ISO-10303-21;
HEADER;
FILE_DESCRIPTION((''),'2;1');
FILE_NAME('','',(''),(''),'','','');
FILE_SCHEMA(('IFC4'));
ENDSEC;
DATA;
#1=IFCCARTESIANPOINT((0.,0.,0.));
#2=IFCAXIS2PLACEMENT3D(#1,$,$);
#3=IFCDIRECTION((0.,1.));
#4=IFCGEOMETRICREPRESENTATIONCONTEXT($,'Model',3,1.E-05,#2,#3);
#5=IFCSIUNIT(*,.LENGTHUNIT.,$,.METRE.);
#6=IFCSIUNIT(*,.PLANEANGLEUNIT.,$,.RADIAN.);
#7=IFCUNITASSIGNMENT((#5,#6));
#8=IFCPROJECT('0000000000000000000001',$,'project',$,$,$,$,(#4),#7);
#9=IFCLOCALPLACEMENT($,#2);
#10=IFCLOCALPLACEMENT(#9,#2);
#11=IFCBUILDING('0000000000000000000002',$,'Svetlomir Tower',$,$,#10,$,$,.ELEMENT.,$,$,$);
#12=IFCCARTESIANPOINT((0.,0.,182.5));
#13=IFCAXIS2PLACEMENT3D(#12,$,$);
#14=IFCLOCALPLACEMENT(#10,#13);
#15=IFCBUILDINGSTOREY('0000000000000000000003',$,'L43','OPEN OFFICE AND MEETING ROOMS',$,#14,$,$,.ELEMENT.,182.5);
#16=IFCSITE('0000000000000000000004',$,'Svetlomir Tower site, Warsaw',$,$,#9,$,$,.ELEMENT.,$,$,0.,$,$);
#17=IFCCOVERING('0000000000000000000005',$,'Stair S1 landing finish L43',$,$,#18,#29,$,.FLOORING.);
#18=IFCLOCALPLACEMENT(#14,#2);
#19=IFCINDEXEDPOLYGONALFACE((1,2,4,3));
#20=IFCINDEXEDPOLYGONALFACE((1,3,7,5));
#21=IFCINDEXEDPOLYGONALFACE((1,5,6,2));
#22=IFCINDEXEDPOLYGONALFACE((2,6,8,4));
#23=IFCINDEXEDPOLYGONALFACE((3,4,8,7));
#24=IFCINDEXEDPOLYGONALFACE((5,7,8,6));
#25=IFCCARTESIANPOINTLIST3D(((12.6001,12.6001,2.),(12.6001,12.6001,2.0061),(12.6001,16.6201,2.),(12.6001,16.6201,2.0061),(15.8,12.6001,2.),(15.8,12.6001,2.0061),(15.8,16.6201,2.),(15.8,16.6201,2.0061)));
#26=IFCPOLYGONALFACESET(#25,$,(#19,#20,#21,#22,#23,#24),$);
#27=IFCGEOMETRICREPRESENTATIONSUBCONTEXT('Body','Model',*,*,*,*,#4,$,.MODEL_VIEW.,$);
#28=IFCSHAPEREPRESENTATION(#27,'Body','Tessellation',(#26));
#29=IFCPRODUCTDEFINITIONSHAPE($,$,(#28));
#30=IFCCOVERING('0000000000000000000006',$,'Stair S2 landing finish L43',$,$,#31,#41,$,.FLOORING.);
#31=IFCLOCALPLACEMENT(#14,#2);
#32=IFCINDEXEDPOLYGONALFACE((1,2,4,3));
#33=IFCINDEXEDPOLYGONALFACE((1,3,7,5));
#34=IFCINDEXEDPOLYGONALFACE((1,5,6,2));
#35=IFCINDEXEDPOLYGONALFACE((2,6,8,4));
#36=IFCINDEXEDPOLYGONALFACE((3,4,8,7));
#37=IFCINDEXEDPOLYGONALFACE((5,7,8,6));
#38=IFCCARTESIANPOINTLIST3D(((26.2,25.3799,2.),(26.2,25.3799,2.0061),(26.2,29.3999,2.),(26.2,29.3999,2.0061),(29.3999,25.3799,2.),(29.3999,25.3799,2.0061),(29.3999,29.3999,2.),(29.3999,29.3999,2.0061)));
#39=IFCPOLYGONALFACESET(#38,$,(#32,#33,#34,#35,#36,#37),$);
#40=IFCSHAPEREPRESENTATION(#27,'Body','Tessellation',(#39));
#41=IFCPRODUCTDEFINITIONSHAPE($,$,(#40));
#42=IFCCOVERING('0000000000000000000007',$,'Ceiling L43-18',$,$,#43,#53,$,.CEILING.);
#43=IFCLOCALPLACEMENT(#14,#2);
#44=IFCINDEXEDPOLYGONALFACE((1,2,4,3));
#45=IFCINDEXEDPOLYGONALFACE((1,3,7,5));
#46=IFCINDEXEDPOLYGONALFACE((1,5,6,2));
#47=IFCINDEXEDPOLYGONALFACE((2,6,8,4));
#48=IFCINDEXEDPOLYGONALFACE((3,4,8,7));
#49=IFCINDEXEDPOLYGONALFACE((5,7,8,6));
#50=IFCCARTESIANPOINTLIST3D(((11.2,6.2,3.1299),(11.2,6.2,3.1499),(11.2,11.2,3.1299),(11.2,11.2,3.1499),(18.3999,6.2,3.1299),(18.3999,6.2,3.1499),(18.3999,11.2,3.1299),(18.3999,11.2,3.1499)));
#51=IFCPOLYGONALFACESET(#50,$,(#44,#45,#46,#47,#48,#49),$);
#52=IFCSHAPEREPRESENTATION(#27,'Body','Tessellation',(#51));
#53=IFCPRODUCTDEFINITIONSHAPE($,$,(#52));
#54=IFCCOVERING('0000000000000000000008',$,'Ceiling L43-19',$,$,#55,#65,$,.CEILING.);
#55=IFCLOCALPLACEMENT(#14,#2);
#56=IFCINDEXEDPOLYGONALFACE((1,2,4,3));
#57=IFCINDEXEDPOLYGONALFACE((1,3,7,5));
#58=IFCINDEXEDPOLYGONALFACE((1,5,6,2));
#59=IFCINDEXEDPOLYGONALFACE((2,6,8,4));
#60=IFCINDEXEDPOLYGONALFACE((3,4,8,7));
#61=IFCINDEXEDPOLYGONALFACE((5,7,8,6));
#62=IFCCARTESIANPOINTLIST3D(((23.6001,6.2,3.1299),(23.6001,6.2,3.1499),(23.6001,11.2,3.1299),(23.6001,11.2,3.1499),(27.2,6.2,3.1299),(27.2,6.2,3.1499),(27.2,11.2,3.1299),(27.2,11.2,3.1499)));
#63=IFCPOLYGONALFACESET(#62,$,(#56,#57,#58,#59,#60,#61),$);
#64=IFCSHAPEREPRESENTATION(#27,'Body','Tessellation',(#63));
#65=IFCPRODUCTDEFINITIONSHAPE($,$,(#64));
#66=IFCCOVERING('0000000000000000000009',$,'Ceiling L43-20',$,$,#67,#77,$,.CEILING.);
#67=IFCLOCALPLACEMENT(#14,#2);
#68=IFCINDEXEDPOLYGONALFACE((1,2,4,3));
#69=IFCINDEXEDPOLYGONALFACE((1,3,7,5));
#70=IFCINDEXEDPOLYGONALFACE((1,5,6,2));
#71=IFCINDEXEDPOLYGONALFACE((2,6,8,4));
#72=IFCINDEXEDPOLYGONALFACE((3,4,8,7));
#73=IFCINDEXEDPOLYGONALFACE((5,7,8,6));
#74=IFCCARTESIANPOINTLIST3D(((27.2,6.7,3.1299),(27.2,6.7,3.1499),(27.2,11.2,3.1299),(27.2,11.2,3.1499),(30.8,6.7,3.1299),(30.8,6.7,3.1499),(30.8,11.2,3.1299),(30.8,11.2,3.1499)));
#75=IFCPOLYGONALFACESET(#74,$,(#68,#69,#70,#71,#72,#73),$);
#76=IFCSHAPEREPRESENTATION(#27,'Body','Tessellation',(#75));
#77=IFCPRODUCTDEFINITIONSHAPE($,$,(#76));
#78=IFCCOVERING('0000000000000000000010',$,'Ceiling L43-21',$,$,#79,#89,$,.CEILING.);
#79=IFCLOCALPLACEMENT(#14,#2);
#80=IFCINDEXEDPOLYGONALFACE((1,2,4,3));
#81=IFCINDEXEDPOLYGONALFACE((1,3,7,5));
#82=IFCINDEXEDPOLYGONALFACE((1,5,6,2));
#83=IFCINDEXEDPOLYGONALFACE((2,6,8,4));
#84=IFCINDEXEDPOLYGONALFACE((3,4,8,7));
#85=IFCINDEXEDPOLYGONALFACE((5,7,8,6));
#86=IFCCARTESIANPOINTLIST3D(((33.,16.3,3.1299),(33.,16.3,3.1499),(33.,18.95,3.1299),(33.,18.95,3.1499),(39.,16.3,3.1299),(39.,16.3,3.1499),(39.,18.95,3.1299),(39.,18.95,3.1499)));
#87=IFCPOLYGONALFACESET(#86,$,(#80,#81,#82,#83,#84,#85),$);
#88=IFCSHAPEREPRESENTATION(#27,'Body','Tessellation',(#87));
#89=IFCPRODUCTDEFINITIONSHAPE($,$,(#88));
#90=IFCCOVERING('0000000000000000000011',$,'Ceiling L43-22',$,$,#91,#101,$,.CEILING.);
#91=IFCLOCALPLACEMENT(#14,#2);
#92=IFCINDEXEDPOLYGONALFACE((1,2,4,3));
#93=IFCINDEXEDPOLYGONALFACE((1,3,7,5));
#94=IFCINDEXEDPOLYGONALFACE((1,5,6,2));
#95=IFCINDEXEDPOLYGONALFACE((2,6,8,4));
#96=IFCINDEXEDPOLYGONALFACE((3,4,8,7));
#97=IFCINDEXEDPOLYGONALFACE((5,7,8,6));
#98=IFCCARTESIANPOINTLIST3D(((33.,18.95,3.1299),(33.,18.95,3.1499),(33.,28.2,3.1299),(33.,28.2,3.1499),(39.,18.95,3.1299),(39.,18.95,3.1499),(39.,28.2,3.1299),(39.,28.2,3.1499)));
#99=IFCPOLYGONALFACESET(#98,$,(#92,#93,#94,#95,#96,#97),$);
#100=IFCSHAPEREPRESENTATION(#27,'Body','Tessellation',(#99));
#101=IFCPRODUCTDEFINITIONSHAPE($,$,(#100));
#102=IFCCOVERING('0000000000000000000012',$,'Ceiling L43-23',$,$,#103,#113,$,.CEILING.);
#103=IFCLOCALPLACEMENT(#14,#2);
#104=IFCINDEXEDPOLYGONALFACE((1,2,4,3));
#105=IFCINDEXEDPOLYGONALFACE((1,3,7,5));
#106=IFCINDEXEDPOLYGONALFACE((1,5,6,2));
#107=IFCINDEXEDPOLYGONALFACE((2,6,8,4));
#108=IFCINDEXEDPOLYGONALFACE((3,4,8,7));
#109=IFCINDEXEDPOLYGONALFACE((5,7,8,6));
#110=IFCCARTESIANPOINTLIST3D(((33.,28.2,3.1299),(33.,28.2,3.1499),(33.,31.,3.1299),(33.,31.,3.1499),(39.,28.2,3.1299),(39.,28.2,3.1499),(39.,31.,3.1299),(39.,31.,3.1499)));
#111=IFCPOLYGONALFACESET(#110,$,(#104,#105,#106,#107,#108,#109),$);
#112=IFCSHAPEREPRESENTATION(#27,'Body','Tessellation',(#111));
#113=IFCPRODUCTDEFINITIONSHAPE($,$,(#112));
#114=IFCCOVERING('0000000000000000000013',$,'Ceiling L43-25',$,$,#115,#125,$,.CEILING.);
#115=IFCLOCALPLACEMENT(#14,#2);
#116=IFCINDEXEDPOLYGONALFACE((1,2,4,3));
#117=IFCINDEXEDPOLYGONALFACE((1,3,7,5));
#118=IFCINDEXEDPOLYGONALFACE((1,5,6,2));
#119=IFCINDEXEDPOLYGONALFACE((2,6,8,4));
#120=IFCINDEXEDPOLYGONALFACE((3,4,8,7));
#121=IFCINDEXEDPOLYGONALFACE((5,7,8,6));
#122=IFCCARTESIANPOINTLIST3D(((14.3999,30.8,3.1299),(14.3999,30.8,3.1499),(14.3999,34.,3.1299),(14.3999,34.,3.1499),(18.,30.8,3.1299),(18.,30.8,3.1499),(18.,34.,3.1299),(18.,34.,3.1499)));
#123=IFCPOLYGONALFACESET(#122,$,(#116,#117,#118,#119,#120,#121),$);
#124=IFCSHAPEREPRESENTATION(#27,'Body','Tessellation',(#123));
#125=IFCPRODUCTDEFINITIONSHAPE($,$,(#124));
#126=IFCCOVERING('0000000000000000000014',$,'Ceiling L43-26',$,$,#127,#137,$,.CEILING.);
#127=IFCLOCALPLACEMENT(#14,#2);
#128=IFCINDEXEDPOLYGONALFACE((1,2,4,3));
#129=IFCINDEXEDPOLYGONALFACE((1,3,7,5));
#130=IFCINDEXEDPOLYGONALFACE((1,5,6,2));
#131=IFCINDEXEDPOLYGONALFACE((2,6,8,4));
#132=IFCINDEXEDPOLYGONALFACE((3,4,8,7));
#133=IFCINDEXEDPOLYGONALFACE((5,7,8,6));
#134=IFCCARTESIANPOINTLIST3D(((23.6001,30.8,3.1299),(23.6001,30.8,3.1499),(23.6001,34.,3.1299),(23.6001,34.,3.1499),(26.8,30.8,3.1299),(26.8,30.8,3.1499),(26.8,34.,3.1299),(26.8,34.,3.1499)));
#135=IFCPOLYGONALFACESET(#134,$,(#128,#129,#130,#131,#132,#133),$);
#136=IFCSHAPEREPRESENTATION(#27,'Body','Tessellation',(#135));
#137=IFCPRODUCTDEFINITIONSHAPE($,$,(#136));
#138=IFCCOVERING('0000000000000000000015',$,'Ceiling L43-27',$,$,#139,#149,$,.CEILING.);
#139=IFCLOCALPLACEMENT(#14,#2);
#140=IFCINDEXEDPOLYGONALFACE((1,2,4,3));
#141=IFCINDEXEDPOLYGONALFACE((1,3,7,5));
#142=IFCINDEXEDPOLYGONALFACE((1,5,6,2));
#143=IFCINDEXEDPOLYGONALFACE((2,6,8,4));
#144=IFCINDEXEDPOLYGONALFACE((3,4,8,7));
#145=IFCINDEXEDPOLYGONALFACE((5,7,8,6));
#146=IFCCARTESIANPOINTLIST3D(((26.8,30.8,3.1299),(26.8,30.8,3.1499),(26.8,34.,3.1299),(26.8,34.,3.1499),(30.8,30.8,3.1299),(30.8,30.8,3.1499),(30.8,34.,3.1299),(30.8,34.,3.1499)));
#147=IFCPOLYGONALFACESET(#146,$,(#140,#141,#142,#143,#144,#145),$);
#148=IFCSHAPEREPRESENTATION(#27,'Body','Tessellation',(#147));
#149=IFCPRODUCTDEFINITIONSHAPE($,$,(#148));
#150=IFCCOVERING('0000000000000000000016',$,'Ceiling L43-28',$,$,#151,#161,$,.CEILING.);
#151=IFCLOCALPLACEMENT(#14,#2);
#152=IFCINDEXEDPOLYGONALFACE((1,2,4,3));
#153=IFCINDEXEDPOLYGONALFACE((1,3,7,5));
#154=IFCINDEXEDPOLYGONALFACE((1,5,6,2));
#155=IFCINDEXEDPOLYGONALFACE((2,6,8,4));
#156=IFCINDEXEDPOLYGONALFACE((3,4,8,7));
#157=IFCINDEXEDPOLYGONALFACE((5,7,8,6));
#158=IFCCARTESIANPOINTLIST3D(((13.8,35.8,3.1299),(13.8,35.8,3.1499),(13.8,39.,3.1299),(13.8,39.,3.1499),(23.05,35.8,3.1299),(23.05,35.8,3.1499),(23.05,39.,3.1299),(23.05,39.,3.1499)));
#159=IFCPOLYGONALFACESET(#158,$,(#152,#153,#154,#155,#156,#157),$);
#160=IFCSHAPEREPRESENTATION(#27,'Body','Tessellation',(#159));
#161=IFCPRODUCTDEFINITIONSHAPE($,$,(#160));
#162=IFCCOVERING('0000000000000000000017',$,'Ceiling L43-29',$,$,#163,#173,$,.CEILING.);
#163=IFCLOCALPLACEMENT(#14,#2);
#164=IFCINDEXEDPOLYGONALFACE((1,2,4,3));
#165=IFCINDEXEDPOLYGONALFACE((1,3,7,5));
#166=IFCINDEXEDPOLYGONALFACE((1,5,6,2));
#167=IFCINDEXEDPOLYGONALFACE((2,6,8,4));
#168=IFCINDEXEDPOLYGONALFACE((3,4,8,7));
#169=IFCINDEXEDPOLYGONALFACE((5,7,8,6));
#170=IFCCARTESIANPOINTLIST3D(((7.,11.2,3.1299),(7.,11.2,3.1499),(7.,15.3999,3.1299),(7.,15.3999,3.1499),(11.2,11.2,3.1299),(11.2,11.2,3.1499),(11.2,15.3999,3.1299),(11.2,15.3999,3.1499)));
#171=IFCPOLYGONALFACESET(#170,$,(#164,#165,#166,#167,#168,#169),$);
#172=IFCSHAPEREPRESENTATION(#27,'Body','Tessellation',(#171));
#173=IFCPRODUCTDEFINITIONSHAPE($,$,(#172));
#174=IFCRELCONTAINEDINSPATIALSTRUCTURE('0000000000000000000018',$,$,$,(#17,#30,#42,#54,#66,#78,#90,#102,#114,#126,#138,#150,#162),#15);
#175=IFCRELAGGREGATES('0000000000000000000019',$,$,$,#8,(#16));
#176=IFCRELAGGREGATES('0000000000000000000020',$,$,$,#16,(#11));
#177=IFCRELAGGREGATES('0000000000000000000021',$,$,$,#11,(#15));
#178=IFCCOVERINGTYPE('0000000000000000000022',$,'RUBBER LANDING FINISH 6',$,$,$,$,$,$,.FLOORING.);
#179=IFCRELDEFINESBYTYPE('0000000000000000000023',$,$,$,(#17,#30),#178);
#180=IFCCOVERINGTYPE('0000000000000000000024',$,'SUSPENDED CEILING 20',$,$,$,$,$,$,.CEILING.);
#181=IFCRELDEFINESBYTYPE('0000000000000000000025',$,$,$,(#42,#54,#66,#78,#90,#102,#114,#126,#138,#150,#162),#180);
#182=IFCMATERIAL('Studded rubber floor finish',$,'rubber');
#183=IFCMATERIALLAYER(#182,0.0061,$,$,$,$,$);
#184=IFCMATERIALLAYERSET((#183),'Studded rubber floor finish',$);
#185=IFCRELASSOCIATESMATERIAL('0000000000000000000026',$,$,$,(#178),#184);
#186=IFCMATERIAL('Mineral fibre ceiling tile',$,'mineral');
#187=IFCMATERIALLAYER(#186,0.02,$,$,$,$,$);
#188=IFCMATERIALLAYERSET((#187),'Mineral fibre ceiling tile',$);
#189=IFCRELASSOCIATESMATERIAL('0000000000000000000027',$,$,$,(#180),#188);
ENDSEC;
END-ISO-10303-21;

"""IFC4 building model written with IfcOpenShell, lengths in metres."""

from ifc_helpers import new_model, si_unit, direction, frame, origin, place, context, subcontext, project, spatial, polyline, outline, extrude, material, layer, layer_set, type_object, element, save


model = new_model("IFC4")

# Units and contexts
model_context = context("Model", 3, precision=1e-05, world=origin(), true_north=direction((0.0, 1.0)))
body_context = subcontext(model_context, "Body", "Model", "MODEL_VIEW")
ifc_project = project(units=[si_unit("LENGTHUNIT", "METRE"), si_unit("PLANEANGLEUNIT", "RADIAN")], contexts=[model_context])

# Site, building, storey
site_placement = place(None, origin())
site = spatial("IfcSite", under=ifc_project, at=site_placement, Name="Svetlomir Tower site, Warsaw", CompositionType="ELEMENT", RefElevation=0.0)
building_placement = place(site_placement, origin())
building = spatial("IfcBuilding", under=site, at=building_placement, Name="Svetlomir Tower", CompositionType="ELEMENT")
storey_placement = place(building_placement, frame((0.0, 0.0, 182.5)))
storey = spatial("IfcBuildingStorey", under=building, at=storey_placement, Name="L43", Description="OPEN OFFICE AND MEETING ROOMS", CompositionType="ELEMENT", Elevation=182.5)

# Coverings
ifc_material_1 = material(Name="Studded rubber floor finish", Category="rubber")
ifc_layer_1 = layer(ifc_material_1, 0.0061)
ifc_layer_set_1 = layer_set([ifc_layer_1], Name="Studded rubber floor finish")
covering_type_1 = type_object("IfcCoveringType", Name="RUBBER LANDING FINISH 6", PredefinedType="FLOORING", material=ifc_layer_set_1)
covering_1_placement = place(storey_placement, frame((0.0, 0.0, 2.0)))
element("IfcCovering", 1, at=covering_1_placement, inside=storey, type_object=covering_type_1, Name="Stair S1 landing finish L43", PredefinedType="FLOORING", context=body_context, shape_type="SweptSolid", body=[
    extrude(outline(polyline([(12.6001, 12.6001), (15.8, 12.6001), (15.8, 16.6201), (12.6001, 16.6201), (12.6001, 12.6001)])), origin(), (0.0, 0.0, 1.0), 0.0061),
])
covering_2_placement = place(storey_placement, frame((0.0, 0.0, 2.0)))
element("IfcCovering", 2, at=covering_2_placement, inside=storey, type_object=covering_type_1, Name="Stair S2 landing finish L43", PredefinedType="FLOORING", context=body_context, shape_type="SweptSolid", body=[
    extrude(outline(polyline([(26.2, 25.3799), (29.3999, 25.3799), (29.3999, 29.3999), (26.2, 29.3999), (26.2, 25.3799)])), origin(), (0.0, 0.0, 1.0), 0.0061),
])
ifc_material_2 = material(Name="Mineral fibre ceiling tile", Category="mineral")
ifc_layer_2 = layer(ifc_material_2, 0.02)
ifc_layer_set_2 = layer_set([ifc_layer_2], Name="Mineral fibre ceiling tile")
covering_type_2 = type_object("IfcCoveringType", Name="SUSPENDED CEILING 20", PredefinedType="CEILING", material=ifc_layer_set_2)
covering_3_placement = place(storey_placement, frame((0.0, 0.0, 3.1299)))
element("IfcCovering", 3, at=covering_3_placement, inside=storey, type_object=covering_type_2, Name="Ceiling L43-18", PredefinedType="CEILING", context=body_context, shape_type="SweptSolid", body=[
    extrude(outline(polyline([(11.2, 6.2), (18.3999, 6.2), (18.3999, 11.2), (11.2, 11.2), (11.2, 6.2)])), origin(), (0.0, 0.0, 1.0), 0.02),
])
covering_4_placement = place(storey_placement, frame((0.0, 0.0, 3.1299)))
element("IfcCovering", 4, at=covering_4_placement, inside=storey, type_object=covering_type_2, Name="Ceiling L43-19", PredefinedType="CEILING", context=body_context, shape_type="SweptSolid", body=[
    extrude(outline(polyline([(23.6001, 6.2), (27.2, 6.2), (27.2, 11.2), (23.6001, 11.2), (23.6001, 6.2)])), origin(), (0.0, 0.0, 1.0), 0.02),
])
covering_5_placement = place(storey_placement, frame((0.0, 0.0, 3.1299)))
element("IfcCovering", 5, at=covering_5_placement, inside=storey, type_object=covering_type_2, Name="Ceiling L43-20", PredefinedType="CEILING", context=body_context, shape_type="SweptSolid", body=[
    extrude(outline(polyline([(27.2, 6.7), (30.8, 6.7), (30.8, 11.2), (27.2, 11.2), (27.2, 6.7)])), origin(), (0.0, 0.0, 1.0), 0.02),
])
covering_6_placement = place(storey_placement, frame((0.0, 0.0, 3.1299)))
element("IfcCovering", 6, at=covering_6_placement, inside=storey, type_object=covering_type_2, Name="Ceiling L43-21", PredefinedType="CEILING", context=body_context, shape_type="SweptSolid", body=[
    extrude(outline(polyline([(33.0, 16.3), (39.0, 16.3), (39.0, 18.95), (33.0, 18.95), (33.0, 16.3)])), origin(), (0.0, 0.0, 1.0), 0.02),
])
covering_7_placement = place(storey_placement, frame((0.0, 0.0, 3.1299)))
element("IfcCovering", 7, at=covering_7_placement, inside=storey, type_object=covering_type_2, Name="Ceiling L43-22", PredefinedType="CEILING", context=body_context, shape_type="SweptSolid", body=[
    extrude(outline(polyline([(33.0, 18.95), (39.0, 18.95), (39.0, 28.2), (33.0, 28.2), (33.0, 18.95)])), origin(), (0.0, 0.0, 1.0), 0.02),
])
covering_8_placement = place(storey_placement, frame((0.0, 0.0, 3.1299)))
element("IfcCovering", 8, at=covering_8_placement, inside=storey, type_object=covering_type_2, Name="Ceiling L43-23", PredefinedType="CEILING", context=body_context, shape_type="SweptSolid", body=[
    extrude(outline(polyline([(33.0, 28.2), (39.0, 28.2), (39.0, 31.0), (33.0, 31.0), (33.0, 28.2)])), origin(), (0.0, 0.0, 1.0), 0.02),
])
covering_9_placement = place(storey_placement, frame((0.0, 0.0, 3.1299)))
element("IfcCovering", 9, at=covering_9_placement, inside=storey, type_object=covering_type_2, Name="Ceiling L43-25", PredefinedType="CEILING", context=body_context, shape_type="SweptSolid", body=[
    extrude(outline(polyline([(14.3999, 30.8), (18.0, 30.8), (18.0, 34.0), (14.3999, 34.0), (14.3999, 30.8)])), origin(), (0.0, 0.0, 1.0), 0.02),
])
covering_10_placement = place(storey_placement, frame((0.0, 0.0, 3.1299)))
element("IfcCovering", 10, at=covering_10_placement, inside=storey, type_object=covering_type_2, Name="Ceiling L43-26", PredefinedType="CEILING", context=body_context, shape_type="SweptSolid", body=[
    extrude(outline(polyline([(23.6001, 30.8), (26.8, 30.8), (26.8, 34.0), (23.6001, 34.0), (23.6001, 30.8)])), origin(), (0.0, 0.0, 1.0), 0.02),
])
covering_11_placement = place(storey_placement, frame((0.0, 0.0, 3.1299)))
element("IfcCovering", 11, at=covering_11_placement, inside=storey, type_object=covering_type_2, Name="Ceiling L43-27", PredefinedType="CEILING", context=body_context, shape_type="SweptSolid", body=[
    extrude(outline(polyline([(26.8, 30.8), (30.8, 30.8), (30.8, 34.0), (26.8, 34.0), (26.8, 30.8)])), origin(), (0.0, 0.0, 1.0), 0.02),
])
covering_12_placement = place(storey_placement, frame((0.0, 0.0, 3.1299)))
element("IfcCovering", 12, at=covering_12_placement, inside=storey, type_object=covering_type_2, Name="Ceiling L43-28", PredefinedType="CEILING", context=body_context, shape_type="SweptSolid", body=[
    extrude(outline(polyline([(13.8, 35.8), (23.05, 35.8), (23.05, 39.0), (13.8, 39.0), (13.8, 35.8)])), origin(), (0.0, 0.0, 1.0), 0.02),
])
covering_13_placement = place(storey_placement, frame((0.0, 0.0, 3.1299)))
element("IfcCovering", 13, at=covering_13_placement, inside=storey, type_object=covering_type_2, Name="Ceiling L43-29", PredefinedType="CEILING", context=body_context, shape_type="SweptSolid", body=[
    extrude(outline(polyline([(7.0, 11.2), (11.2, 11.2), (11.2, 15.3999), (7.0, 15.3999), (7.0, 11.2)])), origin(), (0.0, 0.0, 1.0), 0.02),
])

save(model, "model.ifc")
